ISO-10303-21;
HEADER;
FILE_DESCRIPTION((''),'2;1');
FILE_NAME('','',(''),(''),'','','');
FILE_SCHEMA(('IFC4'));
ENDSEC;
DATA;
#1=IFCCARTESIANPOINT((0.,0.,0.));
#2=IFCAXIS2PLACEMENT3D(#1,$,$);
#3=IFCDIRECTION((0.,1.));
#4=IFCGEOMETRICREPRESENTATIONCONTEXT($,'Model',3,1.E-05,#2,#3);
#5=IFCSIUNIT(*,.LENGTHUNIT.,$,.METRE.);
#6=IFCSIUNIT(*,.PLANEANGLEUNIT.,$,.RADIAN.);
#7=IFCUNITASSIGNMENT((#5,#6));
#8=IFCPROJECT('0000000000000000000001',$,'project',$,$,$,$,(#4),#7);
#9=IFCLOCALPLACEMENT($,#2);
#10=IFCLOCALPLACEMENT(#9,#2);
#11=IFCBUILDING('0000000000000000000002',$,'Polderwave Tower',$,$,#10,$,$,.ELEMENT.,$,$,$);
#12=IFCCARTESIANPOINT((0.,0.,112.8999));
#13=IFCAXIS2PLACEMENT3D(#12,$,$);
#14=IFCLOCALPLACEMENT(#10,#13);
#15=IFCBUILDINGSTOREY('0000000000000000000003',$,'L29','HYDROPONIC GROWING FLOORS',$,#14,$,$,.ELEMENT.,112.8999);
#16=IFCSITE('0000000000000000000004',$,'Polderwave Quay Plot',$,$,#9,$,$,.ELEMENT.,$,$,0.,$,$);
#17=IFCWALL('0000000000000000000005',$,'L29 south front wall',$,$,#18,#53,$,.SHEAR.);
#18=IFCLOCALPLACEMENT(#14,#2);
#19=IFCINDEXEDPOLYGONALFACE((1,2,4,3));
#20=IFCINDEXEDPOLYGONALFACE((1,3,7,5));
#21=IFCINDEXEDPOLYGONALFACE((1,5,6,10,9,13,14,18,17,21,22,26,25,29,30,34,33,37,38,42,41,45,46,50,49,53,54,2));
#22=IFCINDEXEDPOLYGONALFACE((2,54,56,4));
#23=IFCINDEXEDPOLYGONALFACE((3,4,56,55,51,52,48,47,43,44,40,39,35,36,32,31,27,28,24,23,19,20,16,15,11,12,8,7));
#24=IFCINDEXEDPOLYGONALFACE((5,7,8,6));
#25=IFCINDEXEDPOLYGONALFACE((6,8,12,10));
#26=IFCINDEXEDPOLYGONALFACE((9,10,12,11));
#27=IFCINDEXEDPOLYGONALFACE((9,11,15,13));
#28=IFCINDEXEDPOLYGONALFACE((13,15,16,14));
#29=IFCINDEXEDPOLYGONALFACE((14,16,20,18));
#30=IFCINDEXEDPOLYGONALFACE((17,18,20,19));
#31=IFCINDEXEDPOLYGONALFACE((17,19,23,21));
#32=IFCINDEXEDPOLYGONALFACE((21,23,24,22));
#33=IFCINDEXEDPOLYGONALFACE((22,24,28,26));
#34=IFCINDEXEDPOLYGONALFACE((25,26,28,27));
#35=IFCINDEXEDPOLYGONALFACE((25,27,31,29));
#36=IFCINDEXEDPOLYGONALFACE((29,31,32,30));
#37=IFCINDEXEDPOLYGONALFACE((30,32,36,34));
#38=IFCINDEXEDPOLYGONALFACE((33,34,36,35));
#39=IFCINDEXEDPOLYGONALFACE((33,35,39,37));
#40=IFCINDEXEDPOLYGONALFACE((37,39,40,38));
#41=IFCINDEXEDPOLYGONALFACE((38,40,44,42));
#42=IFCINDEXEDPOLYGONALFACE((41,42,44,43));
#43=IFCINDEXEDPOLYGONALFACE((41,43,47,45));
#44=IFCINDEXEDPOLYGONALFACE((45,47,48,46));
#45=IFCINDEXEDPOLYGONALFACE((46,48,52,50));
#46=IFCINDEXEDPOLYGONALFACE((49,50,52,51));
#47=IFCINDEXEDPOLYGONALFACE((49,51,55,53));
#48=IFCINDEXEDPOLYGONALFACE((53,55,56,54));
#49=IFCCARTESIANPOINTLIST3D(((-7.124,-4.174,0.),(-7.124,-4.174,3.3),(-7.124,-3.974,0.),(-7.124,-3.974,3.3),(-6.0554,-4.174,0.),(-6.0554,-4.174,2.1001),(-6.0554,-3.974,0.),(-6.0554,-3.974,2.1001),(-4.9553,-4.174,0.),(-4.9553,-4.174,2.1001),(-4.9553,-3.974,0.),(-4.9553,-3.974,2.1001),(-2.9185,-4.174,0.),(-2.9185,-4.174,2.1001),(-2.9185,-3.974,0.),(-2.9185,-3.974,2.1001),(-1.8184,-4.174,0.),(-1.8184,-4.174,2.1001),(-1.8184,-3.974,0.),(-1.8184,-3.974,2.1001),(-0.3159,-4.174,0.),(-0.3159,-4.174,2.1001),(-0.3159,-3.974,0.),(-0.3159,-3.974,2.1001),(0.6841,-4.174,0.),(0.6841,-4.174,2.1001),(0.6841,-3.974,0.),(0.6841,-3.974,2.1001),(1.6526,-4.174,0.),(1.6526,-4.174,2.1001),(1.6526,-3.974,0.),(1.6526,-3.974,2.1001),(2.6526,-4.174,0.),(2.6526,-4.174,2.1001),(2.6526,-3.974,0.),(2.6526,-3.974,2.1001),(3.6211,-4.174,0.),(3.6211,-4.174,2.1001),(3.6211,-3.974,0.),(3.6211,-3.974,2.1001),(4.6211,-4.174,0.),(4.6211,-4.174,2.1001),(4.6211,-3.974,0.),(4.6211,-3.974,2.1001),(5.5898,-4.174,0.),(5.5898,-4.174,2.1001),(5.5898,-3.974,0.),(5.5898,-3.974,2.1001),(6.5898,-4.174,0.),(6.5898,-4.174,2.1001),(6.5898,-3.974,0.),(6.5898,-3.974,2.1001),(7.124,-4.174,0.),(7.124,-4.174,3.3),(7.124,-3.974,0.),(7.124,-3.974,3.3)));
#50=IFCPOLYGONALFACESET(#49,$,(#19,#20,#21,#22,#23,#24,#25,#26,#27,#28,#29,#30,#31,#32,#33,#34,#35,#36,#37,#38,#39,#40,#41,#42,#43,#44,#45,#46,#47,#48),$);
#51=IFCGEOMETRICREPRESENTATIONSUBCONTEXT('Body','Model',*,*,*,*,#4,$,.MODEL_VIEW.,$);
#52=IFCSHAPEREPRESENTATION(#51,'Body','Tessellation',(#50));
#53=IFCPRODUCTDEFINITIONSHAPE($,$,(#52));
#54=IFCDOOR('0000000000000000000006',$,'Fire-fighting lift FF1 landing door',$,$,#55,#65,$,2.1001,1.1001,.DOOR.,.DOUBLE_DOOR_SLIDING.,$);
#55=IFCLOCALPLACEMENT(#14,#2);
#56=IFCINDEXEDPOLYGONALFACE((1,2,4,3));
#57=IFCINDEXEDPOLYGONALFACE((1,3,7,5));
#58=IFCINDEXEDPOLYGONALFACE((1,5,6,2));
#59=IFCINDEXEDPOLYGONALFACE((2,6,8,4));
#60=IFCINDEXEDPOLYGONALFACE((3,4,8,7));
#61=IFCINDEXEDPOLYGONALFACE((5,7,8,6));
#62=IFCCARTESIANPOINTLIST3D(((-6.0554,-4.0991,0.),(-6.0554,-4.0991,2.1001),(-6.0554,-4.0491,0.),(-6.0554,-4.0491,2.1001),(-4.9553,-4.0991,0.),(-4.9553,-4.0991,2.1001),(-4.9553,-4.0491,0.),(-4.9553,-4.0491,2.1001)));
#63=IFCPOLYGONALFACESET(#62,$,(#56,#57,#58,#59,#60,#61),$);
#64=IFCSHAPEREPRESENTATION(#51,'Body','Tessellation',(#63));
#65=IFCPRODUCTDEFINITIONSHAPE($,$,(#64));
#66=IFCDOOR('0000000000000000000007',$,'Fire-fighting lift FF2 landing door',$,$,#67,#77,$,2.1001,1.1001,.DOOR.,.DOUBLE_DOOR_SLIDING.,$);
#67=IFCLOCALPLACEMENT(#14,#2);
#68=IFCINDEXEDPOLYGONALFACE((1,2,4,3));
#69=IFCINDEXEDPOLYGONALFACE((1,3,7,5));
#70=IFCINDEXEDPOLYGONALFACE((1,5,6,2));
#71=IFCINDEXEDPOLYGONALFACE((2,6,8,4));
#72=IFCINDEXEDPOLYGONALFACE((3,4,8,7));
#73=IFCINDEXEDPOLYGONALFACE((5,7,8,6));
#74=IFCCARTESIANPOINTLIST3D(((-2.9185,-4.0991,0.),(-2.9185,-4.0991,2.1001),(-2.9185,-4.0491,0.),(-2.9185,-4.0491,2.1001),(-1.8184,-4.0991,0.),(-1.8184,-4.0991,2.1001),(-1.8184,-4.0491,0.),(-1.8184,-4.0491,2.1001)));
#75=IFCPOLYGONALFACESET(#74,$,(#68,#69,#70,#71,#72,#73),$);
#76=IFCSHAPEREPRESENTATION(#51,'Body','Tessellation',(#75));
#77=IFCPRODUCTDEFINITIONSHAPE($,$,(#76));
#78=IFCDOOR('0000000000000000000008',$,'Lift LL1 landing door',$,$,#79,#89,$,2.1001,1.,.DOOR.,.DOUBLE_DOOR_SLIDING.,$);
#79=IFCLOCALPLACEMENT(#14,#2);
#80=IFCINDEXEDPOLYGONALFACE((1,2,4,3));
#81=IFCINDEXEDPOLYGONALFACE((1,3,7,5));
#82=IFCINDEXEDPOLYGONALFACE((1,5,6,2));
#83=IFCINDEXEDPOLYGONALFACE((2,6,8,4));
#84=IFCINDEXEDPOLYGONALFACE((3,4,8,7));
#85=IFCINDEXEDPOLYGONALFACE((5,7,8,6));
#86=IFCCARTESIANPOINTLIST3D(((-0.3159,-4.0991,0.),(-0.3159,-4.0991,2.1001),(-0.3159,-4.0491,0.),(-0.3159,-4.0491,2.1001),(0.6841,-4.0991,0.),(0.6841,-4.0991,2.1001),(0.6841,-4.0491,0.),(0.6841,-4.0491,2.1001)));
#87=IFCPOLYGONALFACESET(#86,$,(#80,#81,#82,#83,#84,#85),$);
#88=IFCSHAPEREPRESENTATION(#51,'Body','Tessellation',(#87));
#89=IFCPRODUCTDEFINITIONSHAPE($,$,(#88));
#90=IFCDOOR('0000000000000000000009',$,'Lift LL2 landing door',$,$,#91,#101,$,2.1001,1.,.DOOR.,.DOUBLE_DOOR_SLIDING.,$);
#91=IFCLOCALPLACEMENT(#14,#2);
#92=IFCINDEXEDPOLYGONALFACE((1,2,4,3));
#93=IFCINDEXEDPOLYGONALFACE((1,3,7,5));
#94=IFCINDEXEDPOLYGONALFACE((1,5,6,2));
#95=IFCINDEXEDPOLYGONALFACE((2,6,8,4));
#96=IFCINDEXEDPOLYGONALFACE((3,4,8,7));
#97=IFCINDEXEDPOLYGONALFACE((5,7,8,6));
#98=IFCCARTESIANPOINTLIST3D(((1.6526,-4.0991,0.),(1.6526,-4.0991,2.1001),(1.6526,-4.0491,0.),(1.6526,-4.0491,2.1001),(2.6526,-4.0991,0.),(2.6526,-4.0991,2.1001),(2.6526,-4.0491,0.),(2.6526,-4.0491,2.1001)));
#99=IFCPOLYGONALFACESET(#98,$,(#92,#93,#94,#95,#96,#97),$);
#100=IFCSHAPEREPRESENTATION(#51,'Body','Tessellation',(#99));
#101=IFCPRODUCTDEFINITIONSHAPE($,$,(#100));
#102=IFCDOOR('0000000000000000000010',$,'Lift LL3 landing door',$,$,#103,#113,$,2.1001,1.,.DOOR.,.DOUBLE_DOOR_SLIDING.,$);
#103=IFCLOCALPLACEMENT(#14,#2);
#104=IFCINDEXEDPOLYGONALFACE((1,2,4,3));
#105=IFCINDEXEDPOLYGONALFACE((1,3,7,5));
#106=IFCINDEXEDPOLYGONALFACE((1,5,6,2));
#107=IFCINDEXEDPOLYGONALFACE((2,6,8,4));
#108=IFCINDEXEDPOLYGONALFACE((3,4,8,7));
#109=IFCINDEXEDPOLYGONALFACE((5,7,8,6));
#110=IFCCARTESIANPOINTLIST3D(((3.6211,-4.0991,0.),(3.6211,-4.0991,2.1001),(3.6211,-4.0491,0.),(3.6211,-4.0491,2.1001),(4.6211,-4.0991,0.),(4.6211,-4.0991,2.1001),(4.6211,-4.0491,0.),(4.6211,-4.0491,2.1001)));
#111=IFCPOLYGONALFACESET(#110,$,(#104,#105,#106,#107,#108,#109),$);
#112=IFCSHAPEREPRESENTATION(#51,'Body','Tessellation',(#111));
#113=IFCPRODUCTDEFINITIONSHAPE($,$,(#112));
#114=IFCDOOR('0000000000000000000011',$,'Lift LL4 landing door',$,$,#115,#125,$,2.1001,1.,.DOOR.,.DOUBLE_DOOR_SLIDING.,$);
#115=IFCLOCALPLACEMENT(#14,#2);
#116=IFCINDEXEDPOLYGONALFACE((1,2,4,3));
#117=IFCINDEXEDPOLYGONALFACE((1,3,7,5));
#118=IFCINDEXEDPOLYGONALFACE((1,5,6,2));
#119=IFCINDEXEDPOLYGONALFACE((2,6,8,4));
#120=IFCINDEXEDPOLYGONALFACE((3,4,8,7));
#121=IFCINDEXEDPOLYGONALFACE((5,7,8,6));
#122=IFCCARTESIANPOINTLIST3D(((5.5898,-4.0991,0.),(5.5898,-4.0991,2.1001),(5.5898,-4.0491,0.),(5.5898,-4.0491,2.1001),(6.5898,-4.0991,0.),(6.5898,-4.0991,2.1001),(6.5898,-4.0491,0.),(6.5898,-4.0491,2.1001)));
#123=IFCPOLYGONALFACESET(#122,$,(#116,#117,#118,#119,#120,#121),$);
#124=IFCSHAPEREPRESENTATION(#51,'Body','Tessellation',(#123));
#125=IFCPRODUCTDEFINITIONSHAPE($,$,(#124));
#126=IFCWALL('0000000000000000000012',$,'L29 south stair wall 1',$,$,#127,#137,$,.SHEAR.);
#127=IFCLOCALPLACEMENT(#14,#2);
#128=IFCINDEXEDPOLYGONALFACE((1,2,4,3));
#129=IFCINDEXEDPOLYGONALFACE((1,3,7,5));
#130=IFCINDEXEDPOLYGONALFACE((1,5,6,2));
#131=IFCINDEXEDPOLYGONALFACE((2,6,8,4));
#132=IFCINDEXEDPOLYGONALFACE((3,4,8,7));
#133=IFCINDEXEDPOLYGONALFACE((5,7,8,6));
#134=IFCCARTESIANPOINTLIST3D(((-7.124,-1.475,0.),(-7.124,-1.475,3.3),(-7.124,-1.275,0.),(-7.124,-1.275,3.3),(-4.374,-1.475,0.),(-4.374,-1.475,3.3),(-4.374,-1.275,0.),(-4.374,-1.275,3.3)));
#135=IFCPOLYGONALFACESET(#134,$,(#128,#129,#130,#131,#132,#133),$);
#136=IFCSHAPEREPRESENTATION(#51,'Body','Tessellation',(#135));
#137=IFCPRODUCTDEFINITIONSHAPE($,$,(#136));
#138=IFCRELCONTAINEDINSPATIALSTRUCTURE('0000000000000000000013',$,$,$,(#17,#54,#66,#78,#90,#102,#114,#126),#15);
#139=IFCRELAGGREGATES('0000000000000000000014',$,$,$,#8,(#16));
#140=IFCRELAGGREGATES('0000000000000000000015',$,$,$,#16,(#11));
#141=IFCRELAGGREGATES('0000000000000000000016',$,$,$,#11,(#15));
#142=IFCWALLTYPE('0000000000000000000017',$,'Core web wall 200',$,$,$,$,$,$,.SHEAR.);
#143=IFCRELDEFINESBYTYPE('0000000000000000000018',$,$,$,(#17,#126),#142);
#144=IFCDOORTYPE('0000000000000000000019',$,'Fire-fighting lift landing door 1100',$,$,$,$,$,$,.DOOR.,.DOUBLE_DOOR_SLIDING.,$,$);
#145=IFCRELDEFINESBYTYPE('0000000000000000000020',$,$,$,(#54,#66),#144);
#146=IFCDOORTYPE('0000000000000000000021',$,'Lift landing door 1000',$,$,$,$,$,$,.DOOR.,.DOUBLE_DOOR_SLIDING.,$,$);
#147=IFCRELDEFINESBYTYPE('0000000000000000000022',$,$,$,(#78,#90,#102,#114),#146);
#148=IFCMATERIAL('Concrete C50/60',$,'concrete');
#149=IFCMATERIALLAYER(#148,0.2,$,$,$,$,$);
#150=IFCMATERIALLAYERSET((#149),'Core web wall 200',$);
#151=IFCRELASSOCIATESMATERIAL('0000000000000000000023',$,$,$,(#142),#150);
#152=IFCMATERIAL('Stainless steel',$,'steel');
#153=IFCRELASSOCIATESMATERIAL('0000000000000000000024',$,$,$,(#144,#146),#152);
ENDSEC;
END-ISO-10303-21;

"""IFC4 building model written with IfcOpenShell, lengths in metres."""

from ifc_helpers import new_model, si_unit, direction, frame, frame_2d, origin, place, context, subcontext, project, spatial, rectangle, extrude, material, layer, layer_set, type_object, element, fill, save


model = new_model("IFC4")

# Units and contexts
model_context = context("Model", 3, precision=1e-05, world=origin(), true_north=direction((0.0, 1.0)))
body_context = subcontext(model_context, "Body", "Model", "MODEL_VIEW")
ifc_project = project(units=[si_unit("LENGTHUNIT", "METRE"), si_unit("PLANEANGLEUNIT", "RADIAN")], contexts=[model_context])

# Site, building, storey
site_placement = place(None, origin())
site = spatial("IfcSite", under=ifc_project, at=site_placement, Name="Polderwave Quay Plot", CompositionType="ELEMENT", RefElevation=0.0)
building_placement = place(site_placement, origin())
building = spatial("IfcBuilding", under=site, at=building_placement, Name="Polderwave Tower", CompositionType="ELEMENT")
storey_placement = place(building_placement, frame((0.0, 0.0, 112.8999)))
storey = spatial("IfcBuildingStorey", under=building, at=storey_placement, Name="L29", Description="HYDROPONIC GROWING FLOORS", CompositionType="ELEMENT", Elevation=112.8999)

# Wall, openings, doors
ifc_material_1 = material(Name="Concrete C50/60", Category="concrete")
ifc_layer_1 = layer(ifc_material_1, 0.2)
ifc_layer_set_1 = layer_set([ifc_layer_1], Name="Core web wall 200")
wall_type_1 = type_object("IfcWallType", Name="Core web wall 200", PredefinedType="SHEAR", material=ifc_layer_set_1)
wall_1_placement = place(storey_placement, frame((-7.124, -4.074, 0.0), z_axis=(0.0, 0.0, 1.0), x_axis=(1.0, 0.0, 0.0)))
wall_1 = element("IfcWall", 1, at=wall_1_placement, inside=storey, type_object=wall_type_1, Name="L29 south front wall", PredefinedType="SHEAR", context=body_context, shape_type="SweptSolid", body=[
    extrude(rectangle(XDim=14.248, YDim=0.2, at=frame_2d((7.124, 0.0))), origin(), (0.0, 0.0, 1.0), 3.3),
])
opening_1_placement = place(wall_1_placement, frame((1.0686, 0.0, 0.0)))
opening_1 = element("IfcOpeningElement", 2, at=opening_1_placement, cuts=wall_1, PredefinedType="OPENING", context=body_context, shape_type="SweptSolid", body=[
    extrude(rectangle(XDim=1.1001, YDim=2.1001, at=frame_2d((0.55, 1.05))), frame((0.0, 0.1099, 0.0), z_axis=(0.0, -1.0, 0.0), x_axis=(1.0, 0.0, 0.0)), (0.0, 0.0, 1.0), 0.22),
])
opening_2_placement = place(wall_1_placement, frame((4.2056, 0.0, 0.0)))
opening_2 = element("IfcOpeningElement", 3, at=opening_2_placement, cuts=wall_1, PredefinedType="OPENING", context=body_context, shape_type="SweptSolid", body=[
    extrude(rectangle(XDim=1.1001, YDim=2.1001, at=frame_2d((0.55, 1.05))), frame((0.0, 0.1099, 0.0), z_axis=(0.0, -1.0, 0.0), x_axis=(1.0, 0.0, 0.0)), (0.0, 0.0, 1.0), 0.22),
])
opening_3_placement = place(wall_1_placement, frame((6.8081, 0.0, 0.0)))
opening_3 = element("IfcOpeningElement", 4, at=opening_3_placement, cuts=wall_1, PredefinedType="OPENING", context=body_context, shape_type="SweptSolid", body=[
    extrude(rectangle(XDim=1.0, YDim=2.1001, at=frame_2d((0.5, 1.05))), frame((0.0, 0.1099, 0.0), z_axis=(0.0, -1.0, 0.0), x_axis=(1.0, 0.0, 0.0)), (0.0, 0.0, 1.0), 0.22),
])
opening_4_placement = place(wall_1_placement, frame((8.7766, 0.0, 0.0)))
opening_4 = element("IfcOpeningElement", 5, at=opening_4_placement, cuts=wall_1, PredefinedType="OPENING", context=body_context, shape_type="SweptSolid", body=[
    extrude(rectangle(XDim=1.0, YDim=2.1001, at=frame_2d((0.5, 1.05))), frame((0.0, 0.1099, 0.0), z_axis=(0.0, -1.0, 0.0), x_axis=(1.0, 0.0, 0.0)), (0.0, 0.0, 1.0), 0.22),
])
opening_5_placement = place(wall_1_placement, frame((10.7451, 0.0, 0.0)))
opening_5 = element("IfcOpeningElement", 6, at=opening_5_placement, cuts=wall_1, PredefinedType="OPENING", context=body_context, shape_type="SweptSolid", body=[
    extrude(rectangle(XDim=1.0, YDim=2.1001, at=frame_2d((0.5, 1.05))), frame((0.0, 0.1099, 0.0), z_axis=(0.0, -1.0, 0.0), x_axis=(1.0, 0.0, 0.0)), (0.0, 0.0, 1.0), 0.22),
])
opening_6_placement = place(wall_1_placement, frame((12.7139, 0.0, 0.0)))
opening_6 = element("IfcOpeningElement", 7, at=opening_6_placement, cuts=wall_1, PredefinedType="OPENING", context=body_context, shape_type="SweptSolid", body=[
    extrude(rectangle(XDim=1.0, YDim=2.1001, at=frame_2d((0.5, 1.05))), frame((0.0, 0.1099, 0.0), z_axis=(0.0, -1.0, 0.0), x_axis=(1.0, 0.0, 0.0)), (0.0, 0.0, 1.0), 0.22),
])
ifc_material_2 = material(Name="Stainless steel", Category="steel")
door_type_1 = type_object("IfcDoorType", Name="Fire-fighting lift landing door 1100", OperationType="DOUBLE_DOOR_SLIDING", PredefinedType="DOOR", material=ifc_material_2)
door_1_placement = place(opening_1_placement, origin())
door_1 = element("IfcDoor", 8, at=door_1_placement, inside=storey, type_object=door_type_1, Name="Fire-fighting lift FF1 landing door", OperationType="DOUBLE_DOOR_SLIDING", OverallHeight=2.1001, OverallWidth=1.1001, PredefinedType="DOOR", context=body_context, shape_type="SweptSolid", body=[
    extrude(rectangle(XDim=1.1001, YDim=2.1001, at=frame_2d((0.55, 1.05))), frame((0.0, 0.0249, 0.0), z_axis=(0.0, -1.0, 0.0), x_axis=(1.0, 0.0, 0.0)), (0.0, 0.0, 1.0), 0.05),
])
fill(opening_1, door_1)
door_2_placement = place(opening_2_placement, origin())
door_2 = element("IfcDoor", 9, at=door_2_placement, inside=storey, type_object=door_type_1, Name="Fire-fighting lift FF2 landing door", OperationType="DOUBLE_DOOR_SLIDING", OverallHeight=2.1001, OverallWidth=1.1001, PredefinedType="DOOR", context=body_context, shape_type="SweptSolid", body=[
    extrude(rectangle(XDim=1.1001, YDim=2.1001, at=frame_2d((0.55, 1.05))), frame((0.0, 0.0249, 0.0), z_axis=(0.0, -1.0, 0.0), x_axis=(1.0, 0.0, 0.0)), (0.0, 0.0, 1.0), 0.05),
])
fill(opening_2, door_2)
door_type_2 = type_object("IfcDoorType", Name="Lift landing door 1000", OperationType="DOUBLE_DOOR_SLIDING", PredefinedType="DOOR", material=ifc_material_2)
door_3_placement = place(opening_3_placement, origin())
door_3 = element("IfcDoor", 10, at=door_3_placement, inside=storey, type_object=door_type_2, Name="Lift LL1 landing door", OperationType="DOUBLE_DOOR_SLIDING", OverallHeight=2.1001, OverallWidth=1.0, PredefinedType="DOOR", context=body_context, shape_type="SweptSolid", body=[
    extrude(rectangle(XDim=1.0, YDim=2.1001, at=frame_2d((0.5, 1.05))), frame((0.0, 0.0249, 0.0), z_axis=(0.0, -1.0, 0.0), x_axis=(1.0, 0.0, 0.0)), (0.0, 0.0, 1.0), 0.05),
])
fill(opening_3, door_3)
door_4_placement = place(opening_4_placement, origin())
door_4 = element("IfcDoor", 11, at=door_4_placement, inside=storey, type_object=door_type_2, Name="Lift LL2 landing door", OperationType="DOUBLE_DOOR_SLIDING", OverallHeight=2.1001, OverallWidth=1.0, PredefinedType="DOOR", context=body_context, shape_type="SweptSolid", body=[
    extrude(rectangle(XDim=1.0, YDim=2.1001, at=frame_2d((0.5, 1.05))), frame((0.0, 0.0249, 0.0), z_axis=(0.0, -1.0, 0.0), x_axis=(1.0, 0.0, 0.0)), (0.0, 0.0, 1.0), 0.05),
])
fill(opening_4, door_4)
door_5_placement = place(opening_5_placement, origin())
door_5 = element("IfcDoor", 12, at=door_5_placement, inside=storey, type_object=door_type_2, Name="Lift LL3 landing door", OperationType="DOUBLE_DOOR_SLIDING", OverallHeight=2.1001, OverallWidth=1.0, PredefinedType="DOOR", context=body_context, shape_type="SweptSolid", body=[
    extrude(rectangle(XDim=1.0, YDim=2.1001, at=frame_2d((0.5, 1.05))), frame((0.0, 0.0249, 0.0), z_axis=(0.0, -1.0, 0.0), x_axis=(1.0, 0.0, 0.0)), (0.0, 0.0, 1.0), 0.05),
])
fill(opening_5, door_5)
door_6_placement = place(opening_6_placement, origin())
door_6 = element("IfcDoor", 13, at=door_6_placement, inside=storey, type_object=door_type_2, Name="Lift LL4 landing door", OperationType="DOUBLE_DOOR_SLIDING", OverallHeight=2.1001, OverallWidth=1.0, PredefinedType="DOOR", context=body_context, shape_type="SweptSolid", body=[
    extrude(rectangle(XDim=1.0, YDim=2.1001, at=frame_2d((0.5, 1.05))), frame((0.0, 0.0249, 0.0), z_axis=(0.0, -1.0, 0.0), x_axis=(1.0, 0.0, 0.0)), (0.0, 0.0, 1.0), 0.05),
])
fill(opening_6, door_6)

# Wall
wall_2_placement = place(storey_placement, frame((-7.124, -1.375, 0.0), z_axis=(0.0, 0.0, 1.0), x_axis=(1.0, 0.0, 0.0)))
element("IfcWall", 14, at=wall_2_placement, inside=storey, type_object=wall_type_1, Name="L29 south stair wall 1", PredefinedType="SHEAR", context=body_context, shape_type="SweptSolid", body=[
    extrude(rectangle(XDim=2.75, YDim=0.2, at=frame_2d((1.375, 0.0))), origin(), (0.0, 0.0, 1.0), 3.3),
])

save(model, "model.ifc")
